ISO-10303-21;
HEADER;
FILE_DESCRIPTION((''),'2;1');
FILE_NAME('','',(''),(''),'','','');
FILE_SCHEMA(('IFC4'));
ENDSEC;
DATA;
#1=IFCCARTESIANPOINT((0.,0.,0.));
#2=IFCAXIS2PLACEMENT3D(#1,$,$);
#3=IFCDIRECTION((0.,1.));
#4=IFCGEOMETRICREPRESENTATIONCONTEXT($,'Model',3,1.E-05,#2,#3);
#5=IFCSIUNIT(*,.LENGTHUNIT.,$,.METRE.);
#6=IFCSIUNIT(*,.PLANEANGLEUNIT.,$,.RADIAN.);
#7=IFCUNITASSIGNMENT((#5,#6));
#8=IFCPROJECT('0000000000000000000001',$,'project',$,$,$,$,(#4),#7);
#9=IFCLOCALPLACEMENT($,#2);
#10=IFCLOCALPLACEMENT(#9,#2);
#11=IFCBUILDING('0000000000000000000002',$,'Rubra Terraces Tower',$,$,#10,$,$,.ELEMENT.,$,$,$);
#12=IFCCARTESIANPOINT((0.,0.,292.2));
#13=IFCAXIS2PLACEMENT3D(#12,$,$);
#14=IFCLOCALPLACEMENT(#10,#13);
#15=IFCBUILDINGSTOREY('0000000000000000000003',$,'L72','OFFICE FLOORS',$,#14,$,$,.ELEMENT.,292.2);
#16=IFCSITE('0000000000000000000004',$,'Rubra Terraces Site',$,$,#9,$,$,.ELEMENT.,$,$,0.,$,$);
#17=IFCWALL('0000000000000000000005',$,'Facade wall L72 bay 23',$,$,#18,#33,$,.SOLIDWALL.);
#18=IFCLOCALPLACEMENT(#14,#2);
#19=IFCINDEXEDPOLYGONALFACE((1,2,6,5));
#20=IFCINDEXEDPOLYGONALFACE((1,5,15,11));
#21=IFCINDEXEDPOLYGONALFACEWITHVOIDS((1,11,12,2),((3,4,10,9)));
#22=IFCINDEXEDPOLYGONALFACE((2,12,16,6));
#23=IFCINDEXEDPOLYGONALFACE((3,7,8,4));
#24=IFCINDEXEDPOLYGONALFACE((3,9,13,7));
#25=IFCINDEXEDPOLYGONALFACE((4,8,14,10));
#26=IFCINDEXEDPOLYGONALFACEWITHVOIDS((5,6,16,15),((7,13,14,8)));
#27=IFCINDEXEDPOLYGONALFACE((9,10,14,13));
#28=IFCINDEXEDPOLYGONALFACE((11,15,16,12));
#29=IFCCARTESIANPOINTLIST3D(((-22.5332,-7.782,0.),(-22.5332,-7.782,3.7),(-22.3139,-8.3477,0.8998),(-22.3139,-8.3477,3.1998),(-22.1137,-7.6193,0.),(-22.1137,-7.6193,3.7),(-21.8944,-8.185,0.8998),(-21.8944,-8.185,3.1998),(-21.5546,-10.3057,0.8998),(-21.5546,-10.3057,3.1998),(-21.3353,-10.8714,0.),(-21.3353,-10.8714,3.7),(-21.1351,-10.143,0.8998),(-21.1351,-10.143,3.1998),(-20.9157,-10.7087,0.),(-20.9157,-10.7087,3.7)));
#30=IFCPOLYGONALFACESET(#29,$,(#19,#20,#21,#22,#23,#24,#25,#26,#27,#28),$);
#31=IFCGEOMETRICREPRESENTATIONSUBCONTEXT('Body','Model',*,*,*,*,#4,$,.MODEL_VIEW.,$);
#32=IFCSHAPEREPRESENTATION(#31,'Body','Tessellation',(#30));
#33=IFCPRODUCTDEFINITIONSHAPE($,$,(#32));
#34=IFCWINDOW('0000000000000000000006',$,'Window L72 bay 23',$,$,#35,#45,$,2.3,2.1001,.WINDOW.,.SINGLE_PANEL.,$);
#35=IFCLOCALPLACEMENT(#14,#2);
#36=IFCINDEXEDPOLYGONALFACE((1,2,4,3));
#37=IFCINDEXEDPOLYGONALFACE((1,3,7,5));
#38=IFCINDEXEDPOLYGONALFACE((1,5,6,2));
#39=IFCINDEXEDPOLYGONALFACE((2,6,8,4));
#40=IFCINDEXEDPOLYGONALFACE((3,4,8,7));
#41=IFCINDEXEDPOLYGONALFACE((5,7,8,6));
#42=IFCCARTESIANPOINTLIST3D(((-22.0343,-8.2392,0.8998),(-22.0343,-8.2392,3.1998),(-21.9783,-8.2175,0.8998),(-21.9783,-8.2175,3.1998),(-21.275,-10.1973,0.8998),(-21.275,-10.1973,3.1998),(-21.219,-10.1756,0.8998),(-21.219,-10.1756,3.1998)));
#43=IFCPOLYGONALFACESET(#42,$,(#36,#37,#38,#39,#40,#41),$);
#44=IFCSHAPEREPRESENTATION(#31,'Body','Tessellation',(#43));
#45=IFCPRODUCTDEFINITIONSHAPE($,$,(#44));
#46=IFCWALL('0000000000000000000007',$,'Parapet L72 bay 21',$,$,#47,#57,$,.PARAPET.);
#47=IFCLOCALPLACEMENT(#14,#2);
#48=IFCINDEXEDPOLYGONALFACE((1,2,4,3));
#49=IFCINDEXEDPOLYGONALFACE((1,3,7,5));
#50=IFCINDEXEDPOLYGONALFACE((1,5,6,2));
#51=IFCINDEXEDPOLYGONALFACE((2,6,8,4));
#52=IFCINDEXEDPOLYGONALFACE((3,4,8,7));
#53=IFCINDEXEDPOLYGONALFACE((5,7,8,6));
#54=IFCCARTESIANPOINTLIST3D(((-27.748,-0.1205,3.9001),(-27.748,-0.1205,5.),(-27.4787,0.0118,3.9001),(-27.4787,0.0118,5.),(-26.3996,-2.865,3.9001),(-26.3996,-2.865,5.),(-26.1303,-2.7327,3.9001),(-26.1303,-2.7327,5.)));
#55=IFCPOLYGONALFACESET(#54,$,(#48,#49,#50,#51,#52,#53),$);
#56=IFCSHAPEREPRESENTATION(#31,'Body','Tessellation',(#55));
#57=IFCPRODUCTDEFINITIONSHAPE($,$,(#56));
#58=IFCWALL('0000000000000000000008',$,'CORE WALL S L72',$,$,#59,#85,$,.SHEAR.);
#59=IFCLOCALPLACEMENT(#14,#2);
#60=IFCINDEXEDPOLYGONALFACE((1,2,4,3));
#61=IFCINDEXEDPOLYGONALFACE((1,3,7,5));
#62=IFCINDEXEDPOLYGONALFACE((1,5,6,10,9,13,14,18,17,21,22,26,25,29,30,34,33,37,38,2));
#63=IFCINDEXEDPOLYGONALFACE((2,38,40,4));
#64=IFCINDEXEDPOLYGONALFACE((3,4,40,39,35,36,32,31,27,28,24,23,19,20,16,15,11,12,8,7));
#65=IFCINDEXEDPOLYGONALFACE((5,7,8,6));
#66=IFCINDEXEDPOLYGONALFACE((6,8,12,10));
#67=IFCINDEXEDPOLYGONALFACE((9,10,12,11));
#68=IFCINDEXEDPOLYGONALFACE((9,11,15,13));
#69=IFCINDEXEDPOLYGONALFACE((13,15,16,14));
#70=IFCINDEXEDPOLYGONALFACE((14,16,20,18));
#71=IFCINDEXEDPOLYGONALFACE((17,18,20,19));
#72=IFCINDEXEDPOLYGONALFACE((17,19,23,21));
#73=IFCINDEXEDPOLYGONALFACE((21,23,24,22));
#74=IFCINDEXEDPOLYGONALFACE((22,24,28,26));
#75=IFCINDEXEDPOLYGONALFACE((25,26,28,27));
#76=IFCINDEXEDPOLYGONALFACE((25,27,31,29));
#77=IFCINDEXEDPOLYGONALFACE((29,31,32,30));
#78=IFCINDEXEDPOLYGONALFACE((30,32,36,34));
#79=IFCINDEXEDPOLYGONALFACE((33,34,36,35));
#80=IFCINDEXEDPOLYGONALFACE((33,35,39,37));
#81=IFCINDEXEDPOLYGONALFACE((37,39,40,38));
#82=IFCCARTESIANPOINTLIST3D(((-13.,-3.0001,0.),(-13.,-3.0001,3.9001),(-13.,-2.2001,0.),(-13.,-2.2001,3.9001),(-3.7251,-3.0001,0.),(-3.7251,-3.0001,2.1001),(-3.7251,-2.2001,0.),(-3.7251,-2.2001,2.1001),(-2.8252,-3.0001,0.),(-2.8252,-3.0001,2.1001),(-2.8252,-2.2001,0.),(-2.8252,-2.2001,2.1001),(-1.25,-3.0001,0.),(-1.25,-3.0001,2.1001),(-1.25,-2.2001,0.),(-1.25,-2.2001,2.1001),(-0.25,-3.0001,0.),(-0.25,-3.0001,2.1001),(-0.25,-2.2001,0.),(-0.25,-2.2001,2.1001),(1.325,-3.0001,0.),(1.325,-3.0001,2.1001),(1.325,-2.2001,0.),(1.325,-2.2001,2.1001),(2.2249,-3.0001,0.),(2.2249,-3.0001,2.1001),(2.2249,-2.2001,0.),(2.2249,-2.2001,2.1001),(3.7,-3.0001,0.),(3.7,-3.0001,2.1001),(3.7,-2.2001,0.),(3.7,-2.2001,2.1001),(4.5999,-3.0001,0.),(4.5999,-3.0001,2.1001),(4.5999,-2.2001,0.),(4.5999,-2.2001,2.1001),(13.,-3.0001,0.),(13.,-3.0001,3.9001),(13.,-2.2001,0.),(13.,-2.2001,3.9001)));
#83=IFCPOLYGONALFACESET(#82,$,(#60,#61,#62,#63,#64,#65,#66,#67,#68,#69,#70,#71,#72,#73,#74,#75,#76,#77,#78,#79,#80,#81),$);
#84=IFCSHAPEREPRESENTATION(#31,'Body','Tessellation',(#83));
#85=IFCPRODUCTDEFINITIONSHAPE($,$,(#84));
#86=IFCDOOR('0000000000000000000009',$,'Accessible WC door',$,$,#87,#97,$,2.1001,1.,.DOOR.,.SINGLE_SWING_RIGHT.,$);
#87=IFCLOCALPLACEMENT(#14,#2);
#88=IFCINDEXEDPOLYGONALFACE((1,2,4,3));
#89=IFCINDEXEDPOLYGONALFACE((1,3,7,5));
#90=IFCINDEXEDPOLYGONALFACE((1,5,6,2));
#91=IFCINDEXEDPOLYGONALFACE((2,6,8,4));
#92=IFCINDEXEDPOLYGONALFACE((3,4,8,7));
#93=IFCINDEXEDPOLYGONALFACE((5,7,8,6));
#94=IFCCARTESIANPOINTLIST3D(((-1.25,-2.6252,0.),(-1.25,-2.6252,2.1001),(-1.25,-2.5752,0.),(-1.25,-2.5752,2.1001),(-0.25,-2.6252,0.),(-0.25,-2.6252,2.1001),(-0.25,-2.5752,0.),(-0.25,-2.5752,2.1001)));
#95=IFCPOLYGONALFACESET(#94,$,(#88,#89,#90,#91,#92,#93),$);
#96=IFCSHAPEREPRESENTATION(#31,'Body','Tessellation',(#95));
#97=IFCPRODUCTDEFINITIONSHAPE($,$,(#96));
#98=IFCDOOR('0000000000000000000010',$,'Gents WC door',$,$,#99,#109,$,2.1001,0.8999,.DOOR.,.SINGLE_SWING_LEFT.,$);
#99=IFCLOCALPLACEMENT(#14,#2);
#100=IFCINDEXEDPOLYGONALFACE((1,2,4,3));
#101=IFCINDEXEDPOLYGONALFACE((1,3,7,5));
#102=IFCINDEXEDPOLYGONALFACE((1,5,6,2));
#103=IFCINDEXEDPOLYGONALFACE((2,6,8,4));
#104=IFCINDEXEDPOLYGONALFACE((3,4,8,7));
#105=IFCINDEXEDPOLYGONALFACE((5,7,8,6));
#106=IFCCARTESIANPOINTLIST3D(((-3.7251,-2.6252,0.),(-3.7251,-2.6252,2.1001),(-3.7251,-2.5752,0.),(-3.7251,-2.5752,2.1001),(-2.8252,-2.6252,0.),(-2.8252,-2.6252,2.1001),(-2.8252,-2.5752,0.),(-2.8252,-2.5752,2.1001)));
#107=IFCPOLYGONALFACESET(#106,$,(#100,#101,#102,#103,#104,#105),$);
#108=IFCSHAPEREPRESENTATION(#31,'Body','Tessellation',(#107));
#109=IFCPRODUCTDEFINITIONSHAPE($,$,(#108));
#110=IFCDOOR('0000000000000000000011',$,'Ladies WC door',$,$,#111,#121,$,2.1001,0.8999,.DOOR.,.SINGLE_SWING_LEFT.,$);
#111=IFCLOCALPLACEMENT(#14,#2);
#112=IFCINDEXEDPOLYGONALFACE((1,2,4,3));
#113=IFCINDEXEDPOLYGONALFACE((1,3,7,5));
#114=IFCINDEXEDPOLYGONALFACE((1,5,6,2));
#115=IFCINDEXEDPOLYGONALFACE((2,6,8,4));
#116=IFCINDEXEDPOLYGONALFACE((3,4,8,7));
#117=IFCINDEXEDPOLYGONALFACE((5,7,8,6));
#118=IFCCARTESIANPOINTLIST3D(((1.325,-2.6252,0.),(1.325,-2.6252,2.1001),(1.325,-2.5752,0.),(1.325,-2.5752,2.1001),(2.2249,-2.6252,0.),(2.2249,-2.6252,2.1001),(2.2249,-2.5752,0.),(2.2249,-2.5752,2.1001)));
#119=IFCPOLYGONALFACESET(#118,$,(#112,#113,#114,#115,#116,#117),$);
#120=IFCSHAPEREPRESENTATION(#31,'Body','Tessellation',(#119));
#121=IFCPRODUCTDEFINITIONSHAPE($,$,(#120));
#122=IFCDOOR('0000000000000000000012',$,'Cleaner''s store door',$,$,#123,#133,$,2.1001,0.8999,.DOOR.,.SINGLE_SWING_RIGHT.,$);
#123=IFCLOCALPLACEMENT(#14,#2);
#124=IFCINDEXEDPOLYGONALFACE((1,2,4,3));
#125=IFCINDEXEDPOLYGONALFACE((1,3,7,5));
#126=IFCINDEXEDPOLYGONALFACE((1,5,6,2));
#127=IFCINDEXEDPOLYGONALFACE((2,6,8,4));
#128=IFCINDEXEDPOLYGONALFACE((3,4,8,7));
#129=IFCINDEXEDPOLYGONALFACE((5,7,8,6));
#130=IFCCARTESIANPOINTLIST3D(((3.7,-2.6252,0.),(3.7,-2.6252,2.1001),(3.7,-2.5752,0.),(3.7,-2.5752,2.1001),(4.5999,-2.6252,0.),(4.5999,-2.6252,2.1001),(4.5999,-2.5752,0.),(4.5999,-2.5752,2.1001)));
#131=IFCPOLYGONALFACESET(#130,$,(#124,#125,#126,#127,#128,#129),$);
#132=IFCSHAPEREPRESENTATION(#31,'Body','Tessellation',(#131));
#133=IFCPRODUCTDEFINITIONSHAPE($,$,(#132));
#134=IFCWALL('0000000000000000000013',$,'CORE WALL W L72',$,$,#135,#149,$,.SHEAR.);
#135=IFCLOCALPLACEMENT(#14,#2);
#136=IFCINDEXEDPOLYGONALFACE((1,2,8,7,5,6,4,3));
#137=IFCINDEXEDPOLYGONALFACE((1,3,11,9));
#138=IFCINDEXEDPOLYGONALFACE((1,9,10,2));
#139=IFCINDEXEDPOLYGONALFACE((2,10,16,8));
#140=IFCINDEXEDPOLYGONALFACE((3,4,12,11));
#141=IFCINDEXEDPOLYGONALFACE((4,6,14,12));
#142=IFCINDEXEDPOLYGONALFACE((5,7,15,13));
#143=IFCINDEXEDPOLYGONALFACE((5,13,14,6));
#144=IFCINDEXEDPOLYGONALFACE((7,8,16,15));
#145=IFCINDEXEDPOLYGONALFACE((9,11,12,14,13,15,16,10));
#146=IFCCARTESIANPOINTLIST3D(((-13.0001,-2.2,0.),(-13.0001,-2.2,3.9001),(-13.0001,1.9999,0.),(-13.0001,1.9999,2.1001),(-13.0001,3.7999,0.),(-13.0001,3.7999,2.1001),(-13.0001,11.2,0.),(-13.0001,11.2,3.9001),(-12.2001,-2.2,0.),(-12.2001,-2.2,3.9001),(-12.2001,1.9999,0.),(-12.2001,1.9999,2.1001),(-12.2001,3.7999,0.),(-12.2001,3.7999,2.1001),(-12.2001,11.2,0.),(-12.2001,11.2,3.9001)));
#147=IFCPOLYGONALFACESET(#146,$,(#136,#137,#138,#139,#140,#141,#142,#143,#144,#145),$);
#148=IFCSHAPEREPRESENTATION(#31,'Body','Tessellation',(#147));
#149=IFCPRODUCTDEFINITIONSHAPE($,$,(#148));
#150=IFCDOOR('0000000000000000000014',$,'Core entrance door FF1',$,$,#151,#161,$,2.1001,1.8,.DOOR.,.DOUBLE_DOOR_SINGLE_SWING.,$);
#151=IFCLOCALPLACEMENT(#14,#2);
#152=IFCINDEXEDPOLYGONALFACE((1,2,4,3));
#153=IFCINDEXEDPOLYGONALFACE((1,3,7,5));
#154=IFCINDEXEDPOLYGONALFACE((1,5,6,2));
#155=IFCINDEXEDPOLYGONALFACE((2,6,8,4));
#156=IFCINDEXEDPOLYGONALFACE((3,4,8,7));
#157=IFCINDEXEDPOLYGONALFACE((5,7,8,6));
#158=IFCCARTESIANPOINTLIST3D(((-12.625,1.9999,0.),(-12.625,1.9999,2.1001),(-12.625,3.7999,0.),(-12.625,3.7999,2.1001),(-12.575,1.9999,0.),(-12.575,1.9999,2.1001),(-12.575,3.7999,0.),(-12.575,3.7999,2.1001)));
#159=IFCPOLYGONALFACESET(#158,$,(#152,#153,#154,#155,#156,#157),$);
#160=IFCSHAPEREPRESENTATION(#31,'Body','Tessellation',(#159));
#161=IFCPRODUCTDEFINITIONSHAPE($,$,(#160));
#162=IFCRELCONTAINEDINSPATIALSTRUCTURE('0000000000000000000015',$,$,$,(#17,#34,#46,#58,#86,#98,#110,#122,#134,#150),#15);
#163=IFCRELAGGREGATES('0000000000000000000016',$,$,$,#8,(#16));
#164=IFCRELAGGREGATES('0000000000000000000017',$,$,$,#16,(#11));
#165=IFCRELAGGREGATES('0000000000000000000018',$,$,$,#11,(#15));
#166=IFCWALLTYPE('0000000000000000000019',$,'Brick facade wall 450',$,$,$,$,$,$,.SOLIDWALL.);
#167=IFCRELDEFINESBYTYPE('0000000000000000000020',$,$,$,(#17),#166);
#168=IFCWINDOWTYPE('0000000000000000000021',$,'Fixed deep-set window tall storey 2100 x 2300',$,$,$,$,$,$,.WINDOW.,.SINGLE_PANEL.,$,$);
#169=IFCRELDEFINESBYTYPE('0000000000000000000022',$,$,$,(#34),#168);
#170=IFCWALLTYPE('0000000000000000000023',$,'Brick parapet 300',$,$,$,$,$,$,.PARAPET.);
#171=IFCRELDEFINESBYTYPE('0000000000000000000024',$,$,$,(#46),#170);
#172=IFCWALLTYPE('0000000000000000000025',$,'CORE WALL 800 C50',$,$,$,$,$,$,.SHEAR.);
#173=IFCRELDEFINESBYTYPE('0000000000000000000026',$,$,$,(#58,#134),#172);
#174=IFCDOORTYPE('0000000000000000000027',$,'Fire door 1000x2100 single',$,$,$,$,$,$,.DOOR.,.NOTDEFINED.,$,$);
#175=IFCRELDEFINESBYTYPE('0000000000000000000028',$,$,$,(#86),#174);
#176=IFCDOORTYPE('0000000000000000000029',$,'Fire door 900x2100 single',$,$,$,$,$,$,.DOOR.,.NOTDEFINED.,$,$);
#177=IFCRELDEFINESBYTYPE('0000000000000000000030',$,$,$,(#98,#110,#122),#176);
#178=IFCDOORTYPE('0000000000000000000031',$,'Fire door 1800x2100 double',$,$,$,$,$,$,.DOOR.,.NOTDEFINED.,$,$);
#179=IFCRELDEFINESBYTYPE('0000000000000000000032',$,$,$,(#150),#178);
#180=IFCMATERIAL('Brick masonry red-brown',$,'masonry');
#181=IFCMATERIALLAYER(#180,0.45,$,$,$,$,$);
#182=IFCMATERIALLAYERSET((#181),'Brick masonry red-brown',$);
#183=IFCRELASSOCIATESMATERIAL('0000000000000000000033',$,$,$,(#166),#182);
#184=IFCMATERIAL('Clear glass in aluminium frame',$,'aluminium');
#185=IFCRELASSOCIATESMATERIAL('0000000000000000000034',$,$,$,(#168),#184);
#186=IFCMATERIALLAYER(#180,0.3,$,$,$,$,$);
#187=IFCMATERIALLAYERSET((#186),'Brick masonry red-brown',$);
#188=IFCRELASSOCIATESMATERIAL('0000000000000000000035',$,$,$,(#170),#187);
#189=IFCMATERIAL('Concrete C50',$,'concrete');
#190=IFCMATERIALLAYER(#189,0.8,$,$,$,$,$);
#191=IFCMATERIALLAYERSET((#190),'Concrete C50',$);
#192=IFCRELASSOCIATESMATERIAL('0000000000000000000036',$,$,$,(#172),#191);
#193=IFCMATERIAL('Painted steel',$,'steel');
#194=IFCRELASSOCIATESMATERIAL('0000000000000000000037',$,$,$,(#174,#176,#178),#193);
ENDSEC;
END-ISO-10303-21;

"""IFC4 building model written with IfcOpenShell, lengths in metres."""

from ifc_helpers import new_model, si_unit, direction, frame, frame_2d, origin, place, context, subcontext, project, spatial, rectangle, extrude, material, layer, layer_set, type_object, element, fill, save


model = new_model("IFC4")

# Units and contexts
model_context = context("Model", 3, precision=1e-05, world=origin(), true_north=direction((0.0, 1.0)))
body_context = subcontext(model_context, "Body", "Model", "MODEL_VIEW")
ifc_project = project(units=[si_unit("LENGTHUNIT", "METRE"), si_unit("PLANEANGLEUNIT", "RADIAN")], contexts=[model_context])

# Site, building, storey
site_placement = place(None, origin())
site = spatial("IfcSite", under=ifc_project, at=site_placement, Name="Rubra Terraces Site", CompositionType="ELEMENT", RefElevation=0.0)
building_placement = place(site_placement, origin())
building = spatial("IfcBuilding", under=site, at=building_placement, Name="Rubra Terraces Tower", CompositionType="ELEMENT")
storey_placement = place(building_placement, frame((0.0, 0.0, 292.2)))
storey = spatial("IfcBuildingStorey", under=building, at=storey_placement, Name="L72", Description="OFFICE FLOORS", CompositionType="ELEMENT", Elevation=292.2)

# Shared definitions
ifc_material_1 = material(Name="Concrete C50", Category="concrete")

# Wall, opening, window
ifc_material_2 = material(Name="Brick masonry red-brown", Category="masonry")
ifc_layer_1 = layer(ifc_material_2, 0.45)
ifc_layer_set_1 = layer_set([ifc_layer_1], Name="Brick masonry red-brown")
wall_type_1 = type_object("IfcWallType", Name="Brick facade wall 450", PredefinedType="SOLIDWALL", material=ifc_layer_set_1)
ifc_material_3 = material(Name="Clear glass in aluminium frame", Category="aluminium")
window_type = type_object("IfcWindowType", Name="Fixed deep-set window tall storey 2100 x 2300", PartitioningType="SINGLE_PANEL", PredefinedType="WINDOW", material=ifc_material_3)
wall_1_placement = place(storey_placement, frame((-22.3235, -7.7007, 0.0), z_axis=(0.0, 0.0, 1.0), x_axis=(0.36155, -0.932353, 0.0)))
wall_1 = element("IfcWall", 1, at=wall_1_placement, inside=storey, type_object=wall_type_1, Name="Facade wall L72 bay 23", PredefinedType="SOLIDWALL", context=body_context, shape_type="SweptSolid", body=[
    extrude(rectangle(XDim=3.3135, YDim=0.45, at=frame_2d((1.6567, 0.0))), origin(), (0.0, 0.0, 1.0), 3.7),
])
opening_1_placement = place(wall_1_placement, frame((0.6067, 0.0, 0.8999)))
opening_1 = element("IfcOpeningElement", 2, at=opening_1_placement, cuts=wall_1, PredefinedType="OPENING", context=body_context, shape_type="SweptSolid", body=[
    extrude(rectangle(XDim=2.1001, YDim=2.3, at=frame_2d((1.05, 1.1499))), frame((0.0, 0.2349, 0.0), z_axis=(0.0, -1.0, 0.0), x_axis=(1.0, 0.0, 0.0)), (0.0, 0.0, 1.0), 0.47),
])
window_1_placement = place(opening_1_placement, origin())
window_1 = element("IfcWindow", 3, at=window_1_placement, inside=storey, type_object=window_type, Name="Window L72 bay 23", OverallHeight=2.3, OverallWidth=2.1001, PartitioningType="SINGLE_PANEL", PredefinedType="WINDOW", context=body_context, shape_type="SweptSolid", body=[
    extrude(rectangle(XDim=2.1001, YDim=2.3, at=frame_2d((1.05, 1.1499))), frame((0.0, 0.135, 0.0), z_axis=(0.0, -1.0, 0.0), x_axis=(1.0, 0.0, 0.0)), (0.0, 0.0, 1.0), 0.0601),
])
fill(opening_1, window_1)

# Wall
ifc_layer_2 = layer(ifc_material_2, 0.3)
ifc_layer_set_2 = layer_set([ifc_layer_2], Name="Brick masonry red-brown")
wall_type_2 = type_object("IfcWallType", Name="Brick parapet 300", PredefinedType="PARAPET", material=ifc_layer_set_2)
wall_2_placement = place(storey_placement, frame((-27.6133, -0.0544, 3.9001), z_axis=(0.0, 0.0, 1.0), x_axis=(0.440943, -0.897535, 0.0)))
element("IfcWall", 4, at=wall_2_placement, inside=storey, type_object=wall_type_2, Name="Parapet L72 bay 21", PredefinedType="PARAPET", context=body_context, shape_type="SweptSolid", body=[
    extrude(rectangle(XDim=3.0579, YDim=0.3, at=frame_2d((1.5288, 0.0))), origin(), (0.0, 0.0, 1.0), 1.0999),
])

# Wall, openings, doors
ifc_layer_3 = layer(ifc_material_1, 0.8)
ifc_layer_set_3 = layer_set([ifc_layer_3], Name="Concrete C50")
wall_type_3 = type_object("IfcWallType", Name="CORE WALL 800 C50", PredefinedType="SHEAR", material=ifc_layer_set_3)
wall_3_placement = place(storey_placement, frame((-13.0, -2.6001, 0.0), z_axis=(0.0, 0.0, 1.0), x_axis=(1.0, 0.0, 0.0)))
wall_3 = element("IfcWall", 5, at=wall_3_placement, inside=storey, type_object=wall_type_3, Name="CORE WALL S L72", PredefinedType="SHEAR", context=body_context, shape_type="SweptSolid", body=[
    extrude(rectangle(XDim=26.0, YDim=0.8, at=frame_2d((13.0, 0.0))), origin(), (0.0, 0.0, 1.0), 3.9001),
])
opening_2_placement = place(wall_3_placement, frame((9.2749, 0.0, 0.0)))
opening_2 = element("IfcOpeningElement", 6, at=opening_2_placement, cuts=wall_3, PredefinedType="OPENING", context=body_context, shape_type="SweptSolid", body=[
    extrude(rectangle(XDim=0.8999, YDim=2.1001, at=frame_2d((0.45, 1.05))), frame((0.0, 0.4099, 0.0), z_axis=(0.0, -1.0, 0.0), x_axis=(1.0, 0.0, 0.0)), (0.0, 0.0, 1.0), 0.8201),
])
opening_3_placement = place(wall_3_placement, frame((11.75, 0.0, 0.0)))
opening_3 = element("IfcOpeningElement", 7, at=opening_3_placement, cuts=wall_3, PredefinedType="OPENING", context=body_context, shape_type="SweptSolid", body=[
    extrude(rectangle(XDim=1.0, YDim=2.1001, at=frame_2d((0.5, 1.05))), frame((0.0, 0.4099, 0.0), z_axis=(0.0, -1.0, 0.0), x_axis=(1.0, 0.0, 0.0)), (0.0, 0.0, 1.0), 0.8201),
])
opening_4_placement = place(wall_3_placement, frame((14.325, 0.0, 0.0)))
opening_4 = element("IfcOpeningElement", 8, at=opening_4_placement, cuts=wall_3, PredefinedType="OPENING", context=body_context, shape_type="SweptSolid", body=[
    extrude(rectangle(XDim=0.8999, YDim=2.1001, at=frame_2d((0.45, 1.05))), frame((0.0, 0.4099, 0.0), z_axis=(0.0, -1.0, 0.0), x_axis=(1.0, 0.0, 0.0)), (0.0, 0.0, 1.0), 0.8201),
])
opening_5_placement = place(wall_3_placement, frame((16.7, 0.0, 0.0)))
opening_5 = element("IfcOpeningElement", 9, at=opening_5_placement, cuts=wall_3, PredefinedType="OPENING", context=body_context, shape_type="SweptSolid", body=[
    extrude(rectangle(XDim=0.8999, YDim=2.1001, at=frame_2d((0.45, 1.05))), frame((0.0, 0.4099, 0.0), z_axis=(0.0, -1.0, 0.0), x_axis=(1.0, 0.0, 0.0)), (0.0, 0.0, 1.0), 0.8201),
])
ifc_material_4 = material(Name="Painted steel", Category="steel")
door_type_1 = type_object("IfcDoorType", Name="Fire door 1000x2100 single", OperationType="NOTDEFINED", PredefinedType="DOOR", material=ifc_material_4)
door_1_placement = place(opening_3_placement, origin())
door_1 = element("IfcDoor", 10, at=door_1_placement, inside=storey, type_object=door_type_1, Name="Accessible WC door", OperationType="SINGLE_SWING_RIGHT", OverallHeight=2.1001, OverallWidth=1.0, PredefinedType="DOOR", context=body_context, shape_type="SweptSolid", body=[
    extrude(rectangle(XDim=1.0, YDim=2.1001, at=frame_2d((0.5, 1.05))), frame((0.0, 0.0249, 0.0), z_axis=(0.0, -1.0, 0.0), x_axis=(1.0, 0.0, 0.0)), (0.0, 0.0, 1.0), 0.05),
])
fill(opening_3, door_1)
door_type_2 = type_object("IfcDoorType", Name="Fire door 900x2100 single", OperationType="NOTDEFINED", PredefinedType="DOOR", material=ifc_material_4)
door_2_placement = place(opening_2_placement, origin())
door_2 = element("IfcDoor", 11, at=door_2_placement, inside=storey, type_object=door_type_2, Name="Gents WC door", OperationType="SINGLE_SWING_LEFT", OverallHeight=2.1001, OverallWidth=0.8999, PredefinedType="DOOR", context=body_context, shape_type="SweptSolid", body=[
    extrude(rectangle(XDim=0.8999, YDim=2.1001, at=frame_2d((0.45, 1.05))), frame((0.0, 0.0249, 0.0), z_axis=(0.0, -1.0, 0.0), x_axis=(1.0, 0.0, 0.0)), (0.0, 0.0, 1.0), 0.05),
])
fill(opening_2, door_2)
door_3_placement = place(opening_4_placement, origin())
door_3 = element("IfcDoor", 12, at=door_3_placement, inside=storey, type_object=door_type_2, Name="Ladies WC door", OperationType="SINGLE_SWING_LEFT", OverallHeight=2.1001, OverallWidth=0.8999, PredefinedType="DOOR", context=body_context, shape_type="SweptSolid", body=[
    extrude(rectangle(XDim=0.8999, YDim=2.1001, at=frame_2d((0.45, 1.05))), frame((0.0, 0.0249, 0.0), z_axis=(0.0, -1.0, 0.0), x_axis=(1.0, 0.0, 0.0)), (0.0, 0.0, 1.0), 0.05),
])
fill(opening_4, door_3)
door_4_placement = place(opening_5_placement, origin())
door_4 = element("IfcDoor", 13, at=door_4_placement, inside=storey, type_object=door_type_2, Name="Cleaner's store door", OperationType="SINGLE_SWING_RIGHT", OverallHeight=2.1001, OverallWidth=0.8999, PredefinedType="DOOR", context=body_context, shape_type="SweptSolid", body=[
    extrude(rectangle(XDim=0.8999, YDim=2.1001, at=frame_2d((0.45, 1.05))), frame((0.0, 0.0249, 0.0), z_axis=(0.0, -1.0, 0.0), x_axis=(1.0, 0.0, 0.0)), (0.0, 0.0, 1.0), 0.05),
])
fill(opening_5, door_4)

# Wall, opening, door
wall_4_placement = place(storey_placement, frame((-12.6001, -2.2, 0.0), z_axis=(0.0, 0.0, 1.0), x_axis=(0.0, 1.0, 0.0)))
wall_4 = element("IfcWall", 14, at=wall_4_placement, inside=storey, type_object=wall_type_3, Name="CORE WALL W L72", PredefinedType="SHEAR", context=body_context, shape_type="SweptSolid", body=[
    extrude(rectangle(XDim=13.3999, YDim=0.8, at=frame_2d((6.7, 0.0))), origin(), (0.0, 0.0, 1.0), 3.9001),
])
opening_6_placement = place(wall_4_placement, frame((4.2, 0.0, 0.0)))
opening_6 = element("IfcOpeningElement", 15, at=opening_6_placement, cuts=wall_4, PredefinedType="OPENING", context=body_context, shape_type="SweptSolid", body=[
    extrude(rectangle(XDim=1.8, YDim=2.1001, at=frame_2d((0.8999, 1.05))), frame((0.0, 0.4099, 0.0), z_axis=(0.0, -1.0, 0.0), x_axis=(1.0, 0.0, 0.0)), (0.0, 0.0, 1.0), 0.8201),
])
door_type_3 = type_object("IfcDoorType", Name="Fire door 1800x2100 double", OperationType="NOTDEFINED", PredefinedType="DOOR", material=ifc_material_4)
door_5_placement = place(opening_6_placement, origin())
door_5 = element("IfcDoor", 16, at=door_5_placement, inside=storey, type_object=door_type_3, Name="Core entrance door FF1", OperationType="DOUBLE_DOOR_SINGLE_SWING", OverallHeight=2.1001, OverallWidth=1.8, PredefinedType="DOOR", context=body_context, shape_type="SweptSolid", body=[
    extrude(rectangle(XDim=1.8, YDim=2.1001, at=frame_2d((0.8999, 1.05))), frame((0.0, 0.0249, 0.0), z_axis=(0.0, -1.0, 0.0), x_axis=(1.0, 0.0, 0.0)), (0.0, 0.0, 1.0), 0.05),
])
fill(opening_6, door_5)

save(model, "model.ifc")
